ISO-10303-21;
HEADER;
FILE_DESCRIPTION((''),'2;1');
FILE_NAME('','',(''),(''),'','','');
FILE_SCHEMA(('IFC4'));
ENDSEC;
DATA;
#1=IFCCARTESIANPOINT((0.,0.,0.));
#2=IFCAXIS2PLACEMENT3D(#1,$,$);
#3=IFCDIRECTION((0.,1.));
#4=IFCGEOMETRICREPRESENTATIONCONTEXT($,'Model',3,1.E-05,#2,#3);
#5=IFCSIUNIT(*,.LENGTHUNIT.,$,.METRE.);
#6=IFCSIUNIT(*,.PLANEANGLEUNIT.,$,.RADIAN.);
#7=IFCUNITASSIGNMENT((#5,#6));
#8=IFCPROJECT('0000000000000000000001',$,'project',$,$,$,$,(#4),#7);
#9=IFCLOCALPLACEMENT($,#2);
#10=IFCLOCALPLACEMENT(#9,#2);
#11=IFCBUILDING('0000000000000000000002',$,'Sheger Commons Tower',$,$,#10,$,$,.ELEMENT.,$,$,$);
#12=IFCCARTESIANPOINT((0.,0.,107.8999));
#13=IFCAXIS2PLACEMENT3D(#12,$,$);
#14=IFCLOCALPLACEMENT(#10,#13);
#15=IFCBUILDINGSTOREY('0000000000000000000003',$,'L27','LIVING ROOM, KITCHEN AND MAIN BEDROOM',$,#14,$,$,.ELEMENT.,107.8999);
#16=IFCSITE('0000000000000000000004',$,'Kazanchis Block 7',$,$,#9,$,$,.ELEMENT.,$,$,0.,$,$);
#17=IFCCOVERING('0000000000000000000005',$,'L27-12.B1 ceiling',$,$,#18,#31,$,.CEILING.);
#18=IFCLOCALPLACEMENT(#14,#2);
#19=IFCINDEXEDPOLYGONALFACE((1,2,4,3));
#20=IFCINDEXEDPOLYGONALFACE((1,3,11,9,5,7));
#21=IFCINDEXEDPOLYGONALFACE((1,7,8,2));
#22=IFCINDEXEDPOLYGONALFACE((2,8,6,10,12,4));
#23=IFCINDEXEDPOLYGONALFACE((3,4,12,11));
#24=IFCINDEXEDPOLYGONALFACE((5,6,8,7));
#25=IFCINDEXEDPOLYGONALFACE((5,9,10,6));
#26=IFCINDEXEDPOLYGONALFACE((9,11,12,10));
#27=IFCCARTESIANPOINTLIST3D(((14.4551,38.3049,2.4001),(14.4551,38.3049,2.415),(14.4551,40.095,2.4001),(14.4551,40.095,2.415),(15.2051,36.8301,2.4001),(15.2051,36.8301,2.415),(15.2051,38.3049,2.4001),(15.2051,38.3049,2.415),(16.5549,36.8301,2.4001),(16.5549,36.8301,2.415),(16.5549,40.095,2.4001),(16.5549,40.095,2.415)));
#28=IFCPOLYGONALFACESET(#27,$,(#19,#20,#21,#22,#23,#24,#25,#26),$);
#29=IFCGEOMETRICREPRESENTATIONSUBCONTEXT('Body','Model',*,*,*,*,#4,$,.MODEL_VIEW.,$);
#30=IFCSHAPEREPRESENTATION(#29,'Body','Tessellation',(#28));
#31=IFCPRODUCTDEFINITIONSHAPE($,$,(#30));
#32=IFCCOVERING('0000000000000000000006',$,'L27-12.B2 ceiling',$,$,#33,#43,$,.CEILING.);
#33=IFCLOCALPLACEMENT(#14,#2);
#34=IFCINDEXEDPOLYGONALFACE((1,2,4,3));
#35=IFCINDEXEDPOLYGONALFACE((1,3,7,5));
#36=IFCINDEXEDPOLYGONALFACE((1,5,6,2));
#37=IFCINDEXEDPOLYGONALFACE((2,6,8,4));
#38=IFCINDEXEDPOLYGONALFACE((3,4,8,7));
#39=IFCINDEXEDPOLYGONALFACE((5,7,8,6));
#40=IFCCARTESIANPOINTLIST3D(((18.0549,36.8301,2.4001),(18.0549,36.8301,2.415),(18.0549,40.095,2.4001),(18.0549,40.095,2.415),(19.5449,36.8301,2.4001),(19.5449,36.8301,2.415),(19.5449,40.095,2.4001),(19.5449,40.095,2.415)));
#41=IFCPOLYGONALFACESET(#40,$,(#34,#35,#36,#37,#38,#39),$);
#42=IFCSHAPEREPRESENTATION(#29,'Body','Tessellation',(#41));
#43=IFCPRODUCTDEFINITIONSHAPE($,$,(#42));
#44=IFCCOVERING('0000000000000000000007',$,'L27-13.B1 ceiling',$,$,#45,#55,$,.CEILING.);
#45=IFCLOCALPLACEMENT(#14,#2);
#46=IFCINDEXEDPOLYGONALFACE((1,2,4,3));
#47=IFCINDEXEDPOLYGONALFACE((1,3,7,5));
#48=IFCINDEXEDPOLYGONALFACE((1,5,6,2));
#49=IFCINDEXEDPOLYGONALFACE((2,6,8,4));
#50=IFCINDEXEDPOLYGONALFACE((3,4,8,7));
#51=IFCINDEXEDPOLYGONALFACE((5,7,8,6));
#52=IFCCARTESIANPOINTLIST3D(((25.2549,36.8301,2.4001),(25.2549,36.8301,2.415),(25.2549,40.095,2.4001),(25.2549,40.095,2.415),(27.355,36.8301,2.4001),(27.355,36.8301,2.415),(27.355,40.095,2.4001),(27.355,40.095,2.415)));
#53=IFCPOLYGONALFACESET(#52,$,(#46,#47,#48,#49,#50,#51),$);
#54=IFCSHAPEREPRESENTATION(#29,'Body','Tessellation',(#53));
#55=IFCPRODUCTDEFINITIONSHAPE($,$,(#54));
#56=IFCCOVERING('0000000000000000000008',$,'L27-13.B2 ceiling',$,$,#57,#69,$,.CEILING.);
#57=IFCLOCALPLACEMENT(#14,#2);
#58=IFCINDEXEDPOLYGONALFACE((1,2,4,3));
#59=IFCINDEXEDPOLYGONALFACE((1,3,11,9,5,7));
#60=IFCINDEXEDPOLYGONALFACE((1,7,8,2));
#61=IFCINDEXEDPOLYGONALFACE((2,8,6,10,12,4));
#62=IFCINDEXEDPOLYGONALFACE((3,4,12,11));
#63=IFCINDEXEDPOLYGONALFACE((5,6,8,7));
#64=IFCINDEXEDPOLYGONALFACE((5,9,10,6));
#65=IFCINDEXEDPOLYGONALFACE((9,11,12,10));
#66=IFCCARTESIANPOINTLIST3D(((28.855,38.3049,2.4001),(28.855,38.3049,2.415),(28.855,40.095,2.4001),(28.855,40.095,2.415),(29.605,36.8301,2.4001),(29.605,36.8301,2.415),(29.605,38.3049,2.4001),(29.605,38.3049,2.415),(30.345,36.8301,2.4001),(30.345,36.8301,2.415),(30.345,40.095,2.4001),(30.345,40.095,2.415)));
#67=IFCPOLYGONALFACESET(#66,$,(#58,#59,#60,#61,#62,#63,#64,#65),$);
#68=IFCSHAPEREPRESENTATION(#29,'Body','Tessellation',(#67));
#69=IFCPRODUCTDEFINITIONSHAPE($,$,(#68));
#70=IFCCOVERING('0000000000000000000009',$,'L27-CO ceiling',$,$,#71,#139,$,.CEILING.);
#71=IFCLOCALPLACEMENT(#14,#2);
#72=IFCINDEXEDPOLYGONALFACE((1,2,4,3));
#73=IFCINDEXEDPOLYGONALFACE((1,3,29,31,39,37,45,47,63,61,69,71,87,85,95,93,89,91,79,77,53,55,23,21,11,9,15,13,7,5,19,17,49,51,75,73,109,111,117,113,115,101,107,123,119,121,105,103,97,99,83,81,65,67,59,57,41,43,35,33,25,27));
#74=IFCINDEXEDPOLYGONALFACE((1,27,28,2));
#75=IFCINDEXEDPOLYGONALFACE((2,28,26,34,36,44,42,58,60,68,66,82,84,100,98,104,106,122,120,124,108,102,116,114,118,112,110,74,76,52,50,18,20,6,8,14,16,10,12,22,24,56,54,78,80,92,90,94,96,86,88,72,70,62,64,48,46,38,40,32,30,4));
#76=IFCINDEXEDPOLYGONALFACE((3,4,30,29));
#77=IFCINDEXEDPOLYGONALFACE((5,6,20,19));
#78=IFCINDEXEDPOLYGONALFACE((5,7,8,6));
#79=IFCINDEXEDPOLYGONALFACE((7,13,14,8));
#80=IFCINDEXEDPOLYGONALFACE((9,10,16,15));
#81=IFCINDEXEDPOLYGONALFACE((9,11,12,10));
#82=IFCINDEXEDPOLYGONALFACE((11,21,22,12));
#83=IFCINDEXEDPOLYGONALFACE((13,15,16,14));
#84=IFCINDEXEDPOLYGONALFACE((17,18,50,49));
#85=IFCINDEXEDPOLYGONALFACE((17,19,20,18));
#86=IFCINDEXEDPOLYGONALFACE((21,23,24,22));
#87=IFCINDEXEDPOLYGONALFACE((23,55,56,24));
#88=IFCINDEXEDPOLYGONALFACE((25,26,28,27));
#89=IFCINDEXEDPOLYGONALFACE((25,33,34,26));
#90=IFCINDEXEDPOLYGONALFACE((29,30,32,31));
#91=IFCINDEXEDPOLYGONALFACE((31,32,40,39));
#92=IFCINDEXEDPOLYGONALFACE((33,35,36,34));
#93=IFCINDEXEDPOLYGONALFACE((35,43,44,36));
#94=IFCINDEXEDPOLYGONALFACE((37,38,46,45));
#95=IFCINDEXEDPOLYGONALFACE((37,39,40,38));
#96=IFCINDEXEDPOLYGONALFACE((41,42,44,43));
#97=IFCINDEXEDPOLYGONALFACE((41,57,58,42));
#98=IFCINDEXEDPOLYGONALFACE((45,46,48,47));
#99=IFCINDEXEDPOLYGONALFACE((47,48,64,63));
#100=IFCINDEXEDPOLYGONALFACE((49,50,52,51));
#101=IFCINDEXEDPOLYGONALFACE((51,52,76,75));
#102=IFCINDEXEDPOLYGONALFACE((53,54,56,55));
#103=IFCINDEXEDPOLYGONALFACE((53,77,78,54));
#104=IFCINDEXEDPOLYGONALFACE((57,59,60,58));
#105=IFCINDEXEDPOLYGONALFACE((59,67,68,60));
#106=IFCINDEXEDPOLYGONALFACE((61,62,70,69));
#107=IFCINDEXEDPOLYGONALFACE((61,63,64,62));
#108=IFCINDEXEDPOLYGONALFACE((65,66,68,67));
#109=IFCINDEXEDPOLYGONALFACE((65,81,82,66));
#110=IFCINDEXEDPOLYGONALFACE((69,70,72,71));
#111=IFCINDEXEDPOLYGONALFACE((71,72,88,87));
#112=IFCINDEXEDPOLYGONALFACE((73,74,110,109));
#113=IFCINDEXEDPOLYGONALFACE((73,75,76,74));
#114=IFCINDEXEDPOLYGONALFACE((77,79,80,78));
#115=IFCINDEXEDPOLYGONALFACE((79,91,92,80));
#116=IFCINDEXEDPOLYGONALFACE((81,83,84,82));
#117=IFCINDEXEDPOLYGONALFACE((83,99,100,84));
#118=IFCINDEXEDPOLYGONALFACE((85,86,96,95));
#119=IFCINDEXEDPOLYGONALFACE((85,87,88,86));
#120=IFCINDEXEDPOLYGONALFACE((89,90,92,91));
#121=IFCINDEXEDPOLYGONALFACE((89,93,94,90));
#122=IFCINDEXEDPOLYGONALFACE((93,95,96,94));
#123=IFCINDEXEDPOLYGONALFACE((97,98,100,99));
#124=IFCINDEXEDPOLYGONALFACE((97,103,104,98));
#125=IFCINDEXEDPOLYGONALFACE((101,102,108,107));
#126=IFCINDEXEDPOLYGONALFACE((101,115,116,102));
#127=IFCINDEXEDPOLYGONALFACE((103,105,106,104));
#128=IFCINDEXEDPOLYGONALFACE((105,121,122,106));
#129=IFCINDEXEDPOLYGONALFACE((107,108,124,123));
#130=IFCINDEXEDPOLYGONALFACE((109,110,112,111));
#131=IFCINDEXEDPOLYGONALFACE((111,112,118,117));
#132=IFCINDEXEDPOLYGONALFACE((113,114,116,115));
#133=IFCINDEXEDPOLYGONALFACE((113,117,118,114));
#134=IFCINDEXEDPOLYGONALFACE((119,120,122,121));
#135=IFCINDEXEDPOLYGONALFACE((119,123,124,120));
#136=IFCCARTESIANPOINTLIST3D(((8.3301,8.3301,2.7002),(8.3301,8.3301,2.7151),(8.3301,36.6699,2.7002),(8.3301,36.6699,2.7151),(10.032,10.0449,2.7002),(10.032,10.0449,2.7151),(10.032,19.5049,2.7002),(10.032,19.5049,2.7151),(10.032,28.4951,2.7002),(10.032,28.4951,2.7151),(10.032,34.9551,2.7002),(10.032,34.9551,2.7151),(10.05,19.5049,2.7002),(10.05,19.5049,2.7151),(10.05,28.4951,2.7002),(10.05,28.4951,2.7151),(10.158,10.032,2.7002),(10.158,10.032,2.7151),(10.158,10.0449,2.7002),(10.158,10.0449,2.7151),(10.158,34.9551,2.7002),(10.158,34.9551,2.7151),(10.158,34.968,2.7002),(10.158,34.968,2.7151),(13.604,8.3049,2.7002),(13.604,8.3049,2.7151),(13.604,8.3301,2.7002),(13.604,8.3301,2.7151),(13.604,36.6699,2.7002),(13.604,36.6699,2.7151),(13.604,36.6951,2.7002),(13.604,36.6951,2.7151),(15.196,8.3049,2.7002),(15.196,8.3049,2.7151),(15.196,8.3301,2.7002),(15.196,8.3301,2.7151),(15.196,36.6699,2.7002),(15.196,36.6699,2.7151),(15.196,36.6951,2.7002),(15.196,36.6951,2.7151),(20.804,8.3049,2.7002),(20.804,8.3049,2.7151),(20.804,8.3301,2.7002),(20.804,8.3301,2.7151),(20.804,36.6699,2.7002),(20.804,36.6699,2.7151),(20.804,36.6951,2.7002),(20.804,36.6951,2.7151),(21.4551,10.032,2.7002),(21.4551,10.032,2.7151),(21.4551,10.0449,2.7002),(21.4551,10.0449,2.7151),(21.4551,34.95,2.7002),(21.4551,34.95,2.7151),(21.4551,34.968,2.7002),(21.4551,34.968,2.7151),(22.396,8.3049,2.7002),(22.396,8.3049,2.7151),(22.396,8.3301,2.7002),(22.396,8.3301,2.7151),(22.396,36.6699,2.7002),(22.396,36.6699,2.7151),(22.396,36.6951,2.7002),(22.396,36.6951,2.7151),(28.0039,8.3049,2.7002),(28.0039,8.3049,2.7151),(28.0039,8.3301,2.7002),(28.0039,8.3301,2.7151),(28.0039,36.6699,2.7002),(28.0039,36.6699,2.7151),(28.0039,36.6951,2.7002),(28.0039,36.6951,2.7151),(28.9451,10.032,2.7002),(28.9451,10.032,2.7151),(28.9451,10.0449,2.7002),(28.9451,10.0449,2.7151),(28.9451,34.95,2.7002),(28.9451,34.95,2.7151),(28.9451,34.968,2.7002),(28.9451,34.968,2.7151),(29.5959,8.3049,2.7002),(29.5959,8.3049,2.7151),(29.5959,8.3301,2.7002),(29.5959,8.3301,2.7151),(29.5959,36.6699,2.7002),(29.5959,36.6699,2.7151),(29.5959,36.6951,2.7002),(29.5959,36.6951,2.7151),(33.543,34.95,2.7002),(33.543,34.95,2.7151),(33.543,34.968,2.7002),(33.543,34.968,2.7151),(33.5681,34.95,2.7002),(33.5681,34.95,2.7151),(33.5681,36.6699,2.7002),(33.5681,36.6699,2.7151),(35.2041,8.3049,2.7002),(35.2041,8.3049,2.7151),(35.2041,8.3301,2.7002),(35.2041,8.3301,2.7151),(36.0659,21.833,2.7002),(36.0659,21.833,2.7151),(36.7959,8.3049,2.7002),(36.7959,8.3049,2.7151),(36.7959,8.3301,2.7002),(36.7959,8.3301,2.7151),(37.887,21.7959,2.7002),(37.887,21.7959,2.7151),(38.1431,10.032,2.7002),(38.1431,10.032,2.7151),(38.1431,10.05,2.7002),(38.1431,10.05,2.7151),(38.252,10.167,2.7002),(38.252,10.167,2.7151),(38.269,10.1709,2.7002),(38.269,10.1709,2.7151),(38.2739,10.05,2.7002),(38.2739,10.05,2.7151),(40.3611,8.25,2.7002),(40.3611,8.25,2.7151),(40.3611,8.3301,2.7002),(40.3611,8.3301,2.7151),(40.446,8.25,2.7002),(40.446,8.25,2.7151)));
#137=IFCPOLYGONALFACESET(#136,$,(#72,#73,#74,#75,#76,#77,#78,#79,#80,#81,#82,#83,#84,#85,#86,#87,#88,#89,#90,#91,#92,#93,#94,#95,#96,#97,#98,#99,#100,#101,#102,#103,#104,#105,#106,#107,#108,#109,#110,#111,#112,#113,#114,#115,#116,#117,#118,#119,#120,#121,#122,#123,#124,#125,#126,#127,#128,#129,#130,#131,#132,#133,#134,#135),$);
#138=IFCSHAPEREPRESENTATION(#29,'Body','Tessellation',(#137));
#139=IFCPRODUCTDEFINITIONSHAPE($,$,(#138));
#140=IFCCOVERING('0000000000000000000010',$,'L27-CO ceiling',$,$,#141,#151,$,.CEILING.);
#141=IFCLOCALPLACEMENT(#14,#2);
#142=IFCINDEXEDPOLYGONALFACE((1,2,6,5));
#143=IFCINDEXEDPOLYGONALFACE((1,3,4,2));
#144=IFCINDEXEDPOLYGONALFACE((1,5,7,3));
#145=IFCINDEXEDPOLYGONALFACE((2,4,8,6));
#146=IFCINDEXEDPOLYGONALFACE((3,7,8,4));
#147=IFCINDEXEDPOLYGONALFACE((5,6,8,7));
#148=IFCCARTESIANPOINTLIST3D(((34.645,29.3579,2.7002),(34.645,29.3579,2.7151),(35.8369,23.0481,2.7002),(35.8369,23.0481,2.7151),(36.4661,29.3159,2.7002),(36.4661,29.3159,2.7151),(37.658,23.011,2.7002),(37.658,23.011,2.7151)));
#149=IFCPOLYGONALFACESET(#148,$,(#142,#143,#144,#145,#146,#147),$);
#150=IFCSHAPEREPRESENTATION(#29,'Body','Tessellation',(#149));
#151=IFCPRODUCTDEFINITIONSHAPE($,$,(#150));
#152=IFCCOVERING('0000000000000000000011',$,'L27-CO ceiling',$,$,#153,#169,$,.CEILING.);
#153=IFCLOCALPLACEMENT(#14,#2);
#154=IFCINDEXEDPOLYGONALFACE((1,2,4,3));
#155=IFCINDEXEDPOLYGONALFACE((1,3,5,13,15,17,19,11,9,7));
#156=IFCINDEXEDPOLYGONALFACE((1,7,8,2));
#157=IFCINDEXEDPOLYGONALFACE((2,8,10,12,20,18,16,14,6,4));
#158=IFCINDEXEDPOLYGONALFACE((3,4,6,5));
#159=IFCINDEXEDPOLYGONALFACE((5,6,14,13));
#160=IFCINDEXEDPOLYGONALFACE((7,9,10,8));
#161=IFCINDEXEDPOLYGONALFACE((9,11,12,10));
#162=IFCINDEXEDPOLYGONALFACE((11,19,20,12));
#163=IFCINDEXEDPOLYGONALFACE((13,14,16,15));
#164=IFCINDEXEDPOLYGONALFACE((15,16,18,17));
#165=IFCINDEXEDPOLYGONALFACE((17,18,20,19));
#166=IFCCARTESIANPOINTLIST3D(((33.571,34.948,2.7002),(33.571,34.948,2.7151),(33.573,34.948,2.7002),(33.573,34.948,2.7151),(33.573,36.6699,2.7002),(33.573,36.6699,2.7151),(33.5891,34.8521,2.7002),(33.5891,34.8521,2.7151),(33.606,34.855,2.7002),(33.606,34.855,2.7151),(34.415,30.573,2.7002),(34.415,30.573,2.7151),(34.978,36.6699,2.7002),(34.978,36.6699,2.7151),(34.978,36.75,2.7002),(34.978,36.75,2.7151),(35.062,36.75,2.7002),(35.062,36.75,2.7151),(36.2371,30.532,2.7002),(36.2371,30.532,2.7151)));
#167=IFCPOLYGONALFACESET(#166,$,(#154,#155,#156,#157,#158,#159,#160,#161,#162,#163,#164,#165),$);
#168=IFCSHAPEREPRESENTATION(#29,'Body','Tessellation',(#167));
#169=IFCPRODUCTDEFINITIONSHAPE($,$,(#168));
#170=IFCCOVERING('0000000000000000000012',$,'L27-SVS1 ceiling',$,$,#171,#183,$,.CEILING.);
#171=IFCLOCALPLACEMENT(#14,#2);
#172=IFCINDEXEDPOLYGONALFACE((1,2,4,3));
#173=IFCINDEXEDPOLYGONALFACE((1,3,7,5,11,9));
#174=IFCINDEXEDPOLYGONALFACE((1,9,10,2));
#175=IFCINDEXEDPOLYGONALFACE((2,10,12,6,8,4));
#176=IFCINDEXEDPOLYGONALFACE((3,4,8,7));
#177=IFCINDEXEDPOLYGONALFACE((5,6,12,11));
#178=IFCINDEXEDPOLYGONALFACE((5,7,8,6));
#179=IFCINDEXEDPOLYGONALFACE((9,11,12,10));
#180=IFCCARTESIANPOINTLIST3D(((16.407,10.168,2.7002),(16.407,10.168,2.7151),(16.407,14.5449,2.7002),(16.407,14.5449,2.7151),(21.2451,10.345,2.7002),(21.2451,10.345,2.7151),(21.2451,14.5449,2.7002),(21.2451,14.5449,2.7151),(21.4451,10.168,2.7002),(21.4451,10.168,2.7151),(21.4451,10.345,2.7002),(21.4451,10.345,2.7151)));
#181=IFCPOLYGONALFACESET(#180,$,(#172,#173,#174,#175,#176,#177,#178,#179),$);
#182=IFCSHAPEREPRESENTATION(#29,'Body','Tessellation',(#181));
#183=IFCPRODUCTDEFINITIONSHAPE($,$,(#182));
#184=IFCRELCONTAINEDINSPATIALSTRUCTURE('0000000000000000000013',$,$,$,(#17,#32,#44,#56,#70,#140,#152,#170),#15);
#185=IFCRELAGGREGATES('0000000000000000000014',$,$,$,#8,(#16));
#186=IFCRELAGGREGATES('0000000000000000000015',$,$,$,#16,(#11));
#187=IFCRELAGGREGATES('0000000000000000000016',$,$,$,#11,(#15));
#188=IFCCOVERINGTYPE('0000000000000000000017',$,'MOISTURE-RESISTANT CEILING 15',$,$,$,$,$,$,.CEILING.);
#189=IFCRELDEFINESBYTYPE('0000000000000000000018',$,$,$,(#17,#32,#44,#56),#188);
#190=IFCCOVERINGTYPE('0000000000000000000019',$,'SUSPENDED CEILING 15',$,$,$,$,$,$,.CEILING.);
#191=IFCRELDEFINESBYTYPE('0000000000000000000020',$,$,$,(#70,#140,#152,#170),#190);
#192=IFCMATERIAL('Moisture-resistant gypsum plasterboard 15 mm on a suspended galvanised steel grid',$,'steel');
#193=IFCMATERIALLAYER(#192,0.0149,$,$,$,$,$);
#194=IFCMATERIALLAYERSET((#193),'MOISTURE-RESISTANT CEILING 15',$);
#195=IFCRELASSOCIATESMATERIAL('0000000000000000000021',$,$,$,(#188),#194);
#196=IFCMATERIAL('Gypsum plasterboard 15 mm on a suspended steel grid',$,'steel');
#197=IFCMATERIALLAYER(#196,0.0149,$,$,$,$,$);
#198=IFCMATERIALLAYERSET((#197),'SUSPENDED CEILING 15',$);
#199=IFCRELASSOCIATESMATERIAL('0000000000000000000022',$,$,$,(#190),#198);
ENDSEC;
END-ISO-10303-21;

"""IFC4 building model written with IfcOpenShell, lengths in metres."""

from ifc_helpers import new_model, si_unit, direction, frame, origin, place, context, subcontext, project, spatial, polyline, outline, extrude, material, layer, layer_set, type_object, element, save


model = new_model("IFC4")

# Units and contexts
model_context = context("Model", 3, precision=1e-05, world=origin(), true_north=direction((0.0, 1.0)))
body_context = subcontext(model_context, "Body", "Model", "MODEL_VIEW")
ifc_project = project(units=[si_unit("LENGTHUNIT", "METRE"), si_unit("PLANEANGLEUNIT", "RADIAN")], contexts=[model_context])

# Site, building, storey
site_placement = place(None, origin())
site = spatial("IfcSite", under=ifc_project, at=site_placement, Name="Kazanchis Block 7", CompositionType="ELEMENT", RefElevation=0.0)
building_placement = place(site_placement, origin())
building = spatial("IfcBuilding", under=site, at=building_placement, Name="Sheger Commons Tower", CompositionType="ELEMENT")
storey_placement = place(building_placement, frame((0.0, 0.0, 107.8999)))
storey = spatial("IfcBuildingStorey", under=building, at=storey_placement, Name="L27", Description="LIVING ROOM, KITCHEN AND MAIN BEDROOM", CompositionType="ELEMENT", Elevation=107.8999)

# Coverings
ifc_material_1 = material(Name="Moisture-resistant gypsum plasterboard 15 mm on a suspended galvanised steel grid", Category="steel")
ifc_layer_1 = layer(ifc_material_1, 0.0149)
ifc_layer_set_1 = layer_set([ifc_layer_1], Name="MOISTURE-RESISTANT CEILING 15")
covering_type_1 = type_object("IfcCoveringType", Name="MOISTURE-RESISTANT CEILING 15", PredefinedType="CEILING", material=ifc_layer_set_1)
covering_1_placement = place(storey_placement, frame((0.0, 0.0, 2.4001)))
element("IfcCovering", 1, at=covering_1_placement, inside=storey, type_object=covering_type_1, Name="L27-12.B1 ceiling", PredefinedType="CEILING", context=body_context, shape_type="SweptSolid", body=[
    extrude(outline(polyline([(15.2051, 36.8301), (16.5549, 36.8301), (16.5549, 40.095), (14.4551, 40.095), (14.4551, 38.3049), (15.2051, 38.3049), (15.2051, 36.8301)])), origin(), (0.0, 0.0, 1.0), 0.0149),
])
covering_2_placement = place(storey_placement, frame((0.0, 0.0, 2.4001)))
element("IfcCovering", 2, at=covering_2_placement, inside=storey, type_object=covering_type_1, Name="L27-12.B2 ceiling", PredefinedType="CEILING", context=body_context, shape_type="SweptSolid", body=[
    extrude(outline(polyline([(18.0549, 36.8301), (19.5449, 36.8301), (19.5449, 40.095), (18.0549, 40.095), (18.0549, 36.8301)])), origin(), (0.0, 0.0, 1.0), 0.0149),
])
covering_3_placement = place(storey_placement, frame((0.0, 0.0, 2.4001)))
element("IfcCovering", 3, at=covering_3_placement, inside=storey, type_object=covering_type_1, Name="L27-13.B1 ceiling", PredefinedType="CEILING", context=body_context, shape_type="SweptSolid", body=[
    extrude(outline(polyline([(25.2549, 36.8301), (27.355, 36.8301), (27.355, 40.095), (25.2549, 40.095), (25.2549, 36.8301)])), origin(), (0.0, 0.0, 1.0), 0.0149),
])
covering_4_placement = place(storey_placement, frame((0.0, 0.0, 2.4001)))
element("IfcCovering", 4, at=covering_4_placement, inside=storey, type_object=covering_type_1, Name="L27-13.B2 ceiling", PredefinedType="CEILING", context=body_context, shape_type="SweptSolid", body=[
    extrude(outline(polyline([(29.605, 36.8301), (30.345, 36.8301), (30.345, 40.095), (28.855, 40.095), (28.855, 38.3049), (29.605, 38.3049), (29.605, 36.8301)])), origin(), (0.0, 0.0, 1.0), 0.0149),
])
ifc_material_2 = material(Name="Gypsum plasterboard 15 mm on a suspended steel grid", Category="steel")
ifc_layer_2 = layer(ifc_material_2, 0.0149)
ifc_layer_set_2 = layer_set([ifc_layer_2], Name="SUSPENDED CEILING 15")
covering_type_2 = type_object("IfcCoveringType", Name="SUSPENDED CEILING 15", PredefinedType="CEILING", material=ifc_layer_set_2)
covering_5_placement = place(storey_placement, frame((0.0, 0.0, 2.7002)))
element("IfcCovering", 5, at=covering_5_placement, inside=storey, type_object=covering_type_2, Name="L27-CO ceiling", PredefinedType="CEILING", context=body_context, shape_type="SweptSolid", body=[
    extrude(outline(polyline([(40.3611, 8.25), (40.446, 8.25), (37.887, 21.7959), (36.0659, 21.833), (38.269, 10.1709), (38.252, 10.167), (38.2739, 10.05), (38.1431, 10.05), (38.1431, 10.032), (28.9451, 10.032), (28.9451, 10.0449), (21.4551, 10.0449), (21.4551, 10.032), (10.158, 10.032), (10.158, 10.0449), (10.032, 10.0449), (10.032, 19.5049), (10.05, 19.5049), (10.05, 28.4951), (10.032, 28.4951), (10.032, 34.9551), (10.158, 34.9551), (10.158, 34.968), (21.4551, 34.968), (21.4551, 34.95), (28.9451, 34.95), (28.9451, 34.968), (33.543, 34.968), (33.543, 34.95), (33.5681, 34.95), (33.5681, 36.6699), (29.5959, 36.6699), (29.5959, 36.6951), (28.0039, 36.6951), (28.0039, 36.6699), (22.396, 36.6699), (22.396, 36.6951), (20.804, 36.6951), (20.804, 36.6699), (15.196, 36.6699), (15.196, 36.6951), (13.604, 36.6951), (13.604, 36.6699), (8.3301, 36.6699), (8.3301, 8.3301), (13.604, 8.3301), (13.604, 8.3049), (15.196, 8.3049), (15.196, 8.3301), (20.804, 8.3301), (20.804, 8.3049), (22.396, 8.3049), (22.396, 8.3301), (28.0039, 8.3301), (28.0039, 8.3049), (29.5959, 8.3049), (29.5959, 8.3301), (35.2041, 8.3301), (35.2041, 8.3049), (36.7959, 8.3049), (36.7959, 8.3301), (40.3611, 8.3301), (40.3611, 8.25)])), origin(), (0.0, 0.0, 1.0), 0.0149),
])
covering_6_placement = place(storey_placement, frame((0.0, 0.0, 2.7002)))
element("IfcCovering", 6, at=covering_6_placement, inside=storey, type_object=covering_type_2, Name="L27-CO ceiling", PredefinedType="CEILING", context=body_context, shape_type="SweptSolid", body=[
    extrude(outline(polyline([(37.658, 23.011), (36.4661, 29.3159), (34.645, 29.3579), (35.8369, 23.0481), (37.658, 23.011)])), origin(), (0.0, 0.0, 1.0), 0.0149),
])
covering_7_placement = place(storey_placement, frame((0.0, 0.0, 2.7002)))
element("IfcCovering", 7, at=covering_7_placement, inside=storey, type_object=covering_type_2, Name="L27-CO ceiling", PredefinedType="CEILING", context=body_context, shape_type="SweptSolid", body=[
    extrude(outline(polyline([(36.2371, 30.532), (35.062, 36.75), (34.978, 36.75), (34.978, 36.6699), (33.573, 36.6699), (33.573, 34.948), (33.571, 34.948), (33.5891, 34.8521), (33.606, 34.855), (34.415, 30.573), (36.2371, 30.532)])), origin(), (0.0, 0.0, 1.0), 0.0149),
])
covering_8_placement = place(storey_placement, frame((0.0, 0.0, 2.7002)))
element("IfcCovering", 8, at=covering_8_placement, inside=storey, type_object=covering_type_2, Name="L27-SVS1 ceiling", PredefinedType="CEILING", context=body_context, shape_type="SweptSolid", body=[
    extrude(outline(polyline([(16.407, 10.168), (21.4451, 10.168), (21.4451, 10.345), (21.2451, 10.345), (21.2451, 14.5449), (16.407, 14.5449), (16.407, 10.168)])), origin(), (0.0, 0.0, 1.0), 0.0149),
])

save(model, "model.ifc")
